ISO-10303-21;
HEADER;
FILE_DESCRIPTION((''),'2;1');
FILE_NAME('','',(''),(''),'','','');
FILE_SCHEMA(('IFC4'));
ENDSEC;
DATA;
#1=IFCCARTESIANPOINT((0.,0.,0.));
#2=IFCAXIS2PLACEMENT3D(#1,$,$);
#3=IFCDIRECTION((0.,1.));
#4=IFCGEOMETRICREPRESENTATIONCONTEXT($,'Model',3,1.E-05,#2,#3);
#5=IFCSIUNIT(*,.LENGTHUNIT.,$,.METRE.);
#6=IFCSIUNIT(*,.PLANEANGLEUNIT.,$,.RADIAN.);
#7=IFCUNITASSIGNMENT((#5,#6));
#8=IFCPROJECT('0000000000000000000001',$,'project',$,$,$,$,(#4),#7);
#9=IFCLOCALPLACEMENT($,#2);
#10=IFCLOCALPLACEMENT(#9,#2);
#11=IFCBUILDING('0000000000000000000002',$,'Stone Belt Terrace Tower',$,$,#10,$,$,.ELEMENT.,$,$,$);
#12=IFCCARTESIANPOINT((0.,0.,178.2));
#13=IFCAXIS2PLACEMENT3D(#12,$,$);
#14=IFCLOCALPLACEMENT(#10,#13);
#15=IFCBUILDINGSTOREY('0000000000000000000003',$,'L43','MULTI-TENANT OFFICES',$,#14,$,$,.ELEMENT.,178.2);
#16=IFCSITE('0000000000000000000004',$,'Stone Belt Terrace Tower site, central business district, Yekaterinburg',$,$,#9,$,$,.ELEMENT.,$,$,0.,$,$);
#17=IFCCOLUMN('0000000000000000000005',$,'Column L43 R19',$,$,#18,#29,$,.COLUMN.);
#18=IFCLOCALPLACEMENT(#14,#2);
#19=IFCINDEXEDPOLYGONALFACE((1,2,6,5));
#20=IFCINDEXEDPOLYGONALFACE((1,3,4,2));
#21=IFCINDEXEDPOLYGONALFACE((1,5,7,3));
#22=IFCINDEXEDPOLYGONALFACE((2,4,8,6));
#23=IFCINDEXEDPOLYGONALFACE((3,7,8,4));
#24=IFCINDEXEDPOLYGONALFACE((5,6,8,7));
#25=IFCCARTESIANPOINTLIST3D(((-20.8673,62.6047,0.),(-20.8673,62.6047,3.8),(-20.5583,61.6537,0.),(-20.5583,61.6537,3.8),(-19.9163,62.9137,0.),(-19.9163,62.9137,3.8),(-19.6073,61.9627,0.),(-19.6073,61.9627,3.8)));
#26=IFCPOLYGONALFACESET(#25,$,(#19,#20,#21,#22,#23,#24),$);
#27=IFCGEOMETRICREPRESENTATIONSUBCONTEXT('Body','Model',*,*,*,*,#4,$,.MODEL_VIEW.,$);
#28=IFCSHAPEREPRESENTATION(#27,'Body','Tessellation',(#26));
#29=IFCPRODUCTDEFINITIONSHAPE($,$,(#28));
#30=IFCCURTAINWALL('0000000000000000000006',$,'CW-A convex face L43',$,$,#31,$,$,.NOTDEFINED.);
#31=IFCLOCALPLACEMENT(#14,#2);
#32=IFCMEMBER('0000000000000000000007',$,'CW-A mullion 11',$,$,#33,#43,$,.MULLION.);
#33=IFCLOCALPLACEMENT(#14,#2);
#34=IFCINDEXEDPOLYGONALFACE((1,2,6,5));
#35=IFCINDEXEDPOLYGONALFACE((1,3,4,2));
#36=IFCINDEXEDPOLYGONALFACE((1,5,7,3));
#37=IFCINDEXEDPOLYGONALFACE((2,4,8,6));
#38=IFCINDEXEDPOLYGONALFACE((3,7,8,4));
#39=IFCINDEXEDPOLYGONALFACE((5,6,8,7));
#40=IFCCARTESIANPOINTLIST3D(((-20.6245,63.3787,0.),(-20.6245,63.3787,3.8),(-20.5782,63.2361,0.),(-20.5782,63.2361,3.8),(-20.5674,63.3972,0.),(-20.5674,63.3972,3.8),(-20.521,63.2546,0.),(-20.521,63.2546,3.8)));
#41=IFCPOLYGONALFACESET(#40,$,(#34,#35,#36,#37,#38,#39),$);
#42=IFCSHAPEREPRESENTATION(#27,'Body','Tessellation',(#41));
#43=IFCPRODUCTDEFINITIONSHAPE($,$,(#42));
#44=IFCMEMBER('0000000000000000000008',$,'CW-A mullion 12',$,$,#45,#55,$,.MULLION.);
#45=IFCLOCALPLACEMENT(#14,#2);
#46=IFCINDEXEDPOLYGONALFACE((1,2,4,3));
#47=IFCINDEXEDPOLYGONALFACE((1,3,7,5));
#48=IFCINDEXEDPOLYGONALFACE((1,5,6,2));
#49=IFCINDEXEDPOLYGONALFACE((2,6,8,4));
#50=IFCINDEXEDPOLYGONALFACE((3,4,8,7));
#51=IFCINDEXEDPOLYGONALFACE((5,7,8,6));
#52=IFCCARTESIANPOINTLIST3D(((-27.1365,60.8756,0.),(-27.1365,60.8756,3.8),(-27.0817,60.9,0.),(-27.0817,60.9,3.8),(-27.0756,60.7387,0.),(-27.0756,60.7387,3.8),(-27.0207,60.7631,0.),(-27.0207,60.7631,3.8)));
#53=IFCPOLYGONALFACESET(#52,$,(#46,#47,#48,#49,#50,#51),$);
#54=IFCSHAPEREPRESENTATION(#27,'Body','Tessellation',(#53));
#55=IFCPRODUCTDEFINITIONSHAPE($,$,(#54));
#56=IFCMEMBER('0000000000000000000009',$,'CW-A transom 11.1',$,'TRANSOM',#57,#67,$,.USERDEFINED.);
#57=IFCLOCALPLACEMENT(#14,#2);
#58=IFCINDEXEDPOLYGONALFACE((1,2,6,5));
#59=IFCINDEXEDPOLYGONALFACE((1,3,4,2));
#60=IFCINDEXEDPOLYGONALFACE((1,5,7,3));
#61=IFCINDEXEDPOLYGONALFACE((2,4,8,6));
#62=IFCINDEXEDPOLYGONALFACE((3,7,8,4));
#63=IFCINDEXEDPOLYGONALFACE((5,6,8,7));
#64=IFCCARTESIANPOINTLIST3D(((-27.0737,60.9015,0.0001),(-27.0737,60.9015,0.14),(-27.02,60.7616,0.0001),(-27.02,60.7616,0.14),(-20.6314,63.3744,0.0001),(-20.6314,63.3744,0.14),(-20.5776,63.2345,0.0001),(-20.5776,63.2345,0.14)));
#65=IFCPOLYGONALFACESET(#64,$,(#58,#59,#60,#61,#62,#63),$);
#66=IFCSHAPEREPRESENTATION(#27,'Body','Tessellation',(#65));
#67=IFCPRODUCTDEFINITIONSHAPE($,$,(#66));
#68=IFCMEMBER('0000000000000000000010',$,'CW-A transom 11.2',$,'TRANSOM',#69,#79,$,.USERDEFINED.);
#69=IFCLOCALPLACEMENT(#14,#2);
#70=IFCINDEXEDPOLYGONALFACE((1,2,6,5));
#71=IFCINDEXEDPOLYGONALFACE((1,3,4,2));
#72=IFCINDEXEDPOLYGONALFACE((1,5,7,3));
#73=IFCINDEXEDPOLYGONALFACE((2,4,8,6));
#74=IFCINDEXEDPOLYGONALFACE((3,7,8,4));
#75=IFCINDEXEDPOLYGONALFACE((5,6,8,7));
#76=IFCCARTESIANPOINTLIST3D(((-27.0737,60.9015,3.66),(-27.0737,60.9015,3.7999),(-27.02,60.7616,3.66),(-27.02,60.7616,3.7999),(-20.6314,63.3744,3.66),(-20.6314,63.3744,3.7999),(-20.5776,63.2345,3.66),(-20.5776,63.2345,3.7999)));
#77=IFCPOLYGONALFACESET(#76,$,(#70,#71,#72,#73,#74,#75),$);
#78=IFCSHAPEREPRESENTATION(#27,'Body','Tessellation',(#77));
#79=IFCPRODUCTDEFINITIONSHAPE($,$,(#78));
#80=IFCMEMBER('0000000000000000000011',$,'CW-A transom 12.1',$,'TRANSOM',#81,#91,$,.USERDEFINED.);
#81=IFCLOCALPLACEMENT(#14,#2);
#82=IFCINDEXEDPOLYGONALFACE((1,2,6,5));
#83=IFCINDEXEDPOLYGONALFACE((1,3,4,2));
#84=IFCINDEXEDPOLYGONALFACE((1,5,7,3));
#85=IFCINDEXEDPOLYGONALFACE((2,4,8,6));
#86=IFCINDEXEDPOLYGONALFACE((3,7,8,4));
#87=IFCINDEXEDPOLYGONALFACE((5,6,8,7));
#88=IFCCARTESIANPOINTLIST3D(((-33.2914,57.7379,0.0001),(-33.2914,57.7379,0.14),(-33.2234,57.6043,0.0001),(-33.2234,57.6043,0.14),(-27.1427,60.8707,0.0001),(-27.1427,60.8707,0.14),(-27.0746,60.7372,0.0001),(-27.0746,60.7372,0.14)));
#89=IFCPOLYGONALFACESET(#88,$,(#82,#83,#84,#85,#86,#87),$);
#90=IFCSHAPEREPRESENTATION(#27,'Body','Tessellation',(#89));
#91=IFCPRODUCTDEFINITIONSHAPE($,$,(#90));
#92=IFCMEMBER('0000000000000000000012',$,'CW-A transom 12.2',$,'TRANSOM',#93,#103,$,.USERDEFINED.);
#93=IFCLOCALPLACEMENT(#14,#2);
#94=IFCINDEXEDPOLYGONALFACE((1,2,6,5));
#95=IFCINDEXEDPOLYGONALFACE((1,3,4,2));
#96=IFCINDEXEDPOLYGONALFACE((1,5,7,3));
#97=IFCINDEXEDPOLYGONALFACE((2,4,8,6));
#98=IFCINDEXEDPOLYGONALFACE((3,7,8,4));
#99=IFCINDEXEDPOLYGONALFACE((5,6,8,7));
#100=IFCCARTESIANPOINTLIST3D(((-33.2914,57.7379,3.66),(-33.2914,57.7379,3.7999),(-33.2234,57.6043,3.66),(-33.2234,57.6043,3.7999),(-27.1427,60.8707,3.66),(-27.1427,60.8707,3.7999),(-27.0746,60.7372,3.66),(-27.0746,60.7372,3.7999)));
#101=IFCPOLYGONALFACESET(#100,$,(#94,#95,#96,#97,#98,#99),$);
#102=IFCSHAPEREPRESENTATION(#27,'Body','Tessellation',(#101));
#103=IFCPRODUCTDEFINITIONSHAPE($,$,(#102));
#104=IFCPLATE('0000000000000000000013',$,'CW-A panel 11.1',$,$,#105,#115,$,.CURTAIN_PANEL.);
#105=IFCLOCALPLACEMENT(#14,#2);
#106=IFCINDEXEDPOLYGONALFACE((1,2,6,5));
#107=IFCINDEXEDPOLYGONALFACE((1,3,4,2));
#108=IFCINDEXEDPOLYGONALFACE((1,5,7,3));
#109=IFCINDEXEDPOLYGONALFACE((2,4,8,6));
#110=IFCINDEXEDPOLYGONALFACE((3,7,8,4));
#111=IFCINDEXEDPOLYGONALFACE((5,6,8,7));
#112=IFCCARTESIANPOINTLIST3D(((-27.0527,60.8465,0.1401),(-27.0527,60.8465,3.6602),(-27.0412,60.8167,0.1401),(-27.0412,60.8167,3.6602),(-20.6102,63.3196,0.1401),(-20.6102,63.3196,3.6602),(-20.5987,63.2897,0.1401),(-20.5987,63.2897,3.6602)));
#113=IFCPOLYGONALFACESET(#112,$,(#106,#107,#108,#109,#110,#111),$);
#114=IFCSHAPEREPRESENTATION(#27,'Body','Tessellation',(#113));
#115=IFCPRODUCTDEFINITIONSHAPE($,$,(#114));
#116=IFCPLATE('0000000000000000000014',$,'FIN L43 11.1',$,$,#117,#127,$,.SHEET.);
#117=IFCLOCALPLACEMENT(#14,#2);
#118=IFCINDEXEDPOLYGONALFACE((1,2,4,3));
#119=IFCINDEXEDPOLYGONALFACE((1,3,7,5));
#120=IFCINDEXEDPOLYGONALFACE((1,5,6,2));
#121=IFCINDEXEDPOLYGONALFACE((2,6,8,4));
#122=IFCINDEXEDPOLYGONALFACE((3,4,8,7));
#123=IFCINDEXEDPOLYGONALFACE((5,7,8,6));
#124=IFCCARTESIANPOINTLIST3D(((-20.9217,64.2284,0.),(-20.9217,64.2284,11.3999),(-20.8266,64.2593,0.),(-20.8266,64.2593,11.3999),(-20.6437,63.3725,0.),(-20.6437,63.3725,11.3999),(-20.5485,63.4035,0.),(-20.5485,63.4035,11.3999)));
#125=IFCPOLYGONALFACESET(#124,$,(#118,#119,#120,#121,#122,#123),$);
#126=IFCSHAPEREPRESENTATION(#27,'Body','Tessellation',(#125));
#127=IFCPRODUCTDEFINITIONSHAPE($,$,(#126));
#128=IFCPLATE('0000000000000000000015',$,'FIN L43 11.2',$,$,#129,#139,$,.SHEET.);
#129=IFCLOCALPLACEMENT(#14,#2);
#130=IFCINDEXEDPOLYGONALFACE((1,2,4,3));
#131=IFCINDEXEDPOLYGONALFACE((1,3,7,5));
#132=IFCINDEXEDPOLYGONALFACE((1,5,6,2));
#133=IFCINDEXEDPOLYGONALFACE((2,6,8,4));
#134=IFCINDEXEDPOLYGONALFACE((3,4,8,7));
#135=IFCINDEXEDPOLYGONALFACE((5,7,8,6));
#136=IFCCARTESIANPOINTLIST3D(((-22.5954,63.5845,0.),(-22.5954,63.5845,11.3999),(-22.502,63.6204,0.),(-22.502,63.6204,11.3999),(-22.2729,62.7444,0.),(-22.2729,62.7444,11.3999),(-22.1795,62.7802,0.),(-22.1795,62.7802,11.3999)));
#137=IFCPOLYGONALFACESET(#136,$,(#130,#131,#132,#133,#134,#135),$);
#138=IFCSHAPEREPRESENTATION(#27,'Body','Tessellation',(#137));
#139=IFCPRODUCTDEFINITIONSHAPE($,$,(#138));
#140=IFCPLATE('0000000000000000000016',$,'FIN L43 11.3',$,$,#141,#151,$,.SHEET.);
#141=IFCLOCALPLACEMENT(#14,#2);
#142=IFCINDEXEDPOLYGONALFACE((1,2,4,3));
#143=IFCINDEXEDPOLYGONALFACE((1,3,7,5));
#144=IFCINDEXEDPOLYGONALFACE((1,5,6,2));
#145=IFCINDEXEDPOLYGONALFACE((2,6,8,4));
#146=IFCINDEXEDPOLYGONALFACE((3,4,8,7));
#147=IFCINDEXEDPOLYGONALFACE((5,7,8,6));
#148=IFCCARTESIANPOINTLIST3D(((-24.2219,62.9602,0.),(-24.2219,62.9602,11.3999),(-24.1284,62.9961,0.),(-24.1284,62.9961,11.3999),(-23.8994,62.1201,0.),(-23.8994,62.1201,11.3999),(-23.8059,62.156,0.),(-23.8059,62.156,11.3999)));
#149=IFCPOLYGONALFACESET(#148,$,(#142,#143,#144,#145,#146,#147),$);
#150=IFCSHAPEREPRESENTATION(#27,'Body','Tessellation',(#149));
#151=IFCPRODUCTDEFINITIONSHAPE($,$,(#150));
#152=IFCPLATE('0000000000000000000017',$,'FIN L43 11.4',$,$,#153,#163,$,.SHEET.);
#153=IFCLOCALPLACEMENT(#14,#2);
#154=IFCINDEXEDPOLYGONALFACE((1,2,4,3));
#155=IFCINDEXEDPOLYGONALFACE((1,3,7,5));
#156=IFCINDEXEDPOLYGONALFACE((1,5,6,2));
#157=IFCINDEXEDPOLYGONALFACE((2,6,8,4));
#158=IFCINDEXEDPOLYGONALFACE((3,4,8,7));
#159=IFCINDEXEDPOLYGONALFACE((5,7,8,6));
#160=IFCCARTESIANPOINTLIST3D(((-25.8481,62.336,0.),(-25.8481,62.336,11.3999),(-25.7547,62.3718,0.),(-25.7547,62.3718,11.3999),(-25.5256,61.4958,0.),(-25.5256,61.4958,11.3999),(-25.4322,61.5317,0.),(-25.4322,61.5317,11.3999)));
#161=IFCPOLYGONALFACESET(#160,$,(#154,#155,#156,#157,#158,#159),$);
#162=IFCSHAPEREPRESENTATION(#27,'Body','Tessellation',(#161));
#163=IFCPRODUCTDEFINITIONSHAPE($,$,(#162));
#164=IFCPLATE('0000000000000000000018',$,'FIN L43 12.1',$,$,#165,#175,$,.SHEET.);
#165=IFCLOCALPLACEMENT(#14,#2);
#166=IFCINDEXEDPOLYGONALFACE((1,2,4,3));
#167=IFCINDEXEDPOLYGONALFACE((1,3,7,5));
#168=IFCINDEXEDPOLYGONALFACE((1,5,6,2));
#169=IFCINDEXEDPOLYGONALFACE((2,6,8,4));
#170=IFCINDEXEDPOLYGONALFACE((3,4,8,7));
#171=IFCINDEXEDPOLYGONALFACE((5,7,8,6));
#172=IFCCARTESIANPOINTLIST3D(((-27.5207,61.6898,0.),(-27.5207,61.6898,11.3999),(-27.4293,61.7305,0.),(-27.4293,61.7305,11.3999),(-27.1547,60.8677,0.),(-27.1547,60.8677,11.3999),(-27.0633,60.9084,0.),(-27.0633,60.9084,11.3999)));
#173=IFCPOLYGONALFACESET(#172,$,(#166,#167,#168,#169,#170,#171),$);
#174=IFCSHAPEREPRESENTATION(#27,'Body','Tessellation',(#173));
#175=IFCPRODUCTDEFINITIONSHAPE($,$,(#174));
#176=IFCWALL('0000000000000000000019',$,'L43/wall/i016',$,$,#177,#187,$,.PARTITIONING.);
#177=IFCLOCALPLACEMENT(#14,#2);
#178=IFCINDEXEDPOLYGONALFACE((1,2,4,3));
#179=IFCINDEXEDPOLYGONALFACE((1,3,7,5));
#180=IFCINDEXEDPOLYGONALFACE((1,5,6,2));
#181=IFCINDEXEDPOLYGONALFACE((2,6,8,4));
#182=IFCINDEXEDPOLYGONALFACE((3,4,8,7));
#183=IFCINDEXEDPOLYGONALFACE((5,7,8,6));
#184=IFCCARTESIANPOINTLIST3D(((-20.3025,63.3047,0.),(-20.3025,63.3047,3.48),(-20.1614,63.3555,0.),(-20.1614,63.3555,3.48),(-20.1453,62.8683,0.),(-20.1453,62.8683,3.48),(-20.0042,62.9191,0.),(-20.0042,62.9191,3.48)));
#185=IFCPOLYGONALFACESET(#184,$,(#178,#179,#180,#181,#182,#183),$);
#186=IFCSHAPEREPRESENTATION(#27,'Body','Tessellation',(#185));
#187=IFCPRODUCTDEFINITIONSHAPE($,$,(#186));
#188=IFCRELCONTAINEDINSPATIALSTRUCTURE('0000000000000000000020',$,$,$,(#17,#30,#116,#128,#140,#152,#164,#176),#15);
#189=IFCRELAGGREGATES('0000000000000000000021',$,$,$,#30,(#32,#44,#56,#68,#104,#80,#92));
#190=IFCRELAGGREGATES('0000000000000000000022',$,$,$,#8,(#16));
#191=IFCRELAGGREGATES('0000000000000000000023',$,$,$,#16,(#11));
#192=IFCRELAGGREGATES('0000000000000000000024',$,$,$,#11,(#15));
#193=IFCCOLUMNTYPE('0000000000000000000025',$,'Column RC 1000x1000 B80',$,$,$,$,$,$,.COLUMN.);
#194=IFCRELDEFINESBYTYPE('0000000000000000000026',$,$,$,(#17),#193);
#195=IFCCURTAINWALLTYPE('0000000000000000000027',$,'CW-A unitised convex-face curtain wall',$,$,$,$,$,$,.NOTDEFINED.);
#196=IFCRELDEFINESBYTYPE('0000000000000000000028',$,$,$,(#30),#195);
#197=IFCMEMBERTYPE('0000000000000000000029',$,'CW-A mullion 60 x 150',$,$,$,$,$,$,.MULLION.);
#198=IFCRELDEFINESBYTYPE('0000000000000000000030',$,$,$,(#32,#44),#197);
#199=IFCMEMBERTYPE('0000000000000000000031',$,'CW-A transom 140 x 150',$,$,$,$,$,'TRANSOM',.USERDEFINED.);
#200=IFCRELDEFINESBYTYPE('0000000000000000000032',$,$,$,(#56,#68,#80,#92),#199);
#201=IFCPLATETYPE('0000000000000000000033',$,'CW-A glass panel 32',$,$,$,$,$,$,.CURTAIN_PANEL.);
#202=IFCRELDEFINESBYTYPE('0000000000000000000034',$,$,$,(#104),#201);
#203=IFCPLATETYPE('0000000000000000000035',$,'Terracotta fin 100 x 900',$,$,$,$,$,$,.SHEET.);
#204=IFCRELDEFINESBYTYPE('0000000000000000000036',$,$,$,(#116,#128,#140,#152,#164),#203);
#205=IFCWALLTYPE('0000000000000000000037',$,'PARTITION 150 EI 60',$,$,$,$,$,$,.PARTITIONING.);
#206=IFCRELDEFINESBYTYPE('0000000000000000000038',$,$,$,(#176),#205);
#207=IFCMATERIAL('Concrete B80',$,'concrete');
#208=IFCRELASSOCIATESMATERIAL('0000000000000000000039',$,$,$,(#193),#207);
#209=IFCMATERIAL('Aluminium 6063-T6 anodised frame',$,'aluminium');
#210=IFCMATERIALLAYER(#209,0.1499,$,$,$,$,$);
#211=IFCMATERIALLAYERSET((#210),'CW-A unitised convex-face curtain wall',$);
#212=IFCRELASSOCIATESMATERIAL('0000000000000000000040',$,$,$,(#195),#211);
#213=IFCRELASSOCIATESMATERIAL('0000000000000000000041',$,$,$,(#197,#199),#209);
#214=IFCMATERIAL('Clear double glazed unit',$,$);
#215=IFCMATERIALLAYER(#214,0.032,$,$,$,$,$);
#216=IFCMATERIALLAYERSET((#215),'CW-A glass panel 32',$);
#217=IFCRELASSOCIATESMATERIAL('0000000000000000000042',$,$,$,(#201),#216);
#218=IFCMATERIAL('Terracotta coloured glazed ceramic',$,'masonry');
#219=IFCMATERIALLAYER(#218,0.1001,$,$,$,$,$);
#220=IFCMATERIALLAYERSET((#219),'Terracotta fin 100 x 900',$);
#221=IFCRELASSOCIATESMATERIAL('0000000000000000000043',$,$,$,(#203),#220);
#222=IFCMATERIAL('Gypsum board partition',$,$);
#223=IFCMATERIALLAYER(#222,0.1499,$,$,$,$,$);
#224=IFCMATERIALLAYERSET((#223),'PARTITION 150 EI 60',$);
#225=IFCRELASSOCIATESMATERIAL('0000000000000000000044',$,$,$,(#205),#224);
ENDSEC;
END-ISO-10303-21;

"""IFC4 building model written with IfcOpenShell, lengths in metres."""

from ifc_helpers import new_model, si_unit, direction, frame, frame_2d, origin, origin_2d, place, context, subcontext, project, spatial, rectangle, extrude, material, layer, layer_set, material_profile, profile_set, type_object, element, aggregate, save


model = new_model("IFC4")

# Units and contexts
model_context = context("Model", 3, precision=1e-05, world=origin(), true_north=direction((0.0, 1.0)))
body_context = subcontext(model_context, "Body", "Model", "MODEL_VIEW")
ifc_project = project(units=[si_unit("LENGTHUNIT", "METRE"), si_unit("PLANEANGLEUNIT", "RADIAN")], contexts=[model_context])

# Site, building, storey
site_placement = place(None, origin())
site = spatial("IfcSite", under=ifc_project, at=site_placement, Name="Stone Belt Terrace Tower site, central business district, Yekaterinburg", CompositionType="ELEMENT", RefElevation=0.0)
building_placement = place(site_placement, origin())
building = spatial("IfcBuilding", under=site, at=building_placement, Name="Stone Belt Terrace Tower", CompositionType="ELEMENT")
storey_placement = place(building_placement, frame((0.0, 0.0, 178.2)))
storey = spatial("IfcBuildingStorey", under=building, at=storey_placement, Name="L43", Description="MULTI-TENANT OFFICES", CompositionType="ELEMENT", Elevation=178.2)

# Column
ifc_material_1 = material(Name="Concrete B80", Category="concrete")
ifc_material_profile_1 = material_profile(ifc_material_1, rectangle(XDim=1.0, YDim=1.0, at=origin_2d()), Name="RC 1000x1000")
ifc_profile_set_1 = profile_set([ifc_material_profile_1], Name="Concrete B80")
column_type = type_object("IfcColumnType", Name="Column RC 1000x1000 B80", PredefinedType="COLUMN", material=ifc_profile_set_1)
column_placement = place(storey_placement, frame((-20.2373, 62.2837, 0.0), z_axis=(0.0, 0.0, 1.0), x_axis=(0.951057, 0.309017, 0.0)))
element("IfcColumn", 1, at=column_placement, inside=storey, type_object=column_type, Name="Column L43 R19", PredefinedType="COLUMN", context=body_context, shape_type="SweptSolid", body=[
    extrude(rectangle(XDim=1.0, YDim=1.0, at=origin_2d()), origin(), (0.0, 0.0, 1.0), 3.8),
])

# Curtain wall, members, plate
ifc_material_2 = material(Name="Aluminium 6063-T6 anodised frame", Category="aluminium")
ifc_layer_1 = layer(ifc_material_2, 0.1499)
ifc_layer_set_1 = layer_set([ifc_layer_1], Name="CW-A unitised convex-face curtain wall")
curtain_wall_type = type_object("IfcCurtainWallType", Name="CW-A unitised convex-face curtain wall", PredefinedType="NOTDEFINED", material=ifc_layer_set_1)
curtain_wall_placement = place(storey_placement, origin())
curtain_wall = element("IfcCurtainWall", 2, at=curtain_wall_placement, inside=storey, type_object=curtain_wall_type, Name="CW-A convex face L43", PredefinedType="NOTDEFINED")
ifc_material_profile_2 = material_profile(ifc_material_2, rectangle(XDim=0.1499, YDim=0.0601, at=origin_2d()), Name="Aluminium 6063-T6 60x150")
ifc_profile_set_2 = profile_set([ifc_material_profile_2], Name="Aluminium 6063-T6 anodised frame")
member_type_1 = type_object("IfcMemberType", Name="CW-A mullion 60 x 150", PredefinedType="MULLION", material=ifc_profile_set_2)
member_1_placement = place(storey_placement, frame((-20.5728, 63.3167, 0.0), z_axis=(0.0, 0.0, 1.0), x_axis=(0.309017, -0.951057, 0.0)))
member_1 = element("IfcMember", 3, at=member_1_placement, type_object=member_type_1, Name="CW-A mullion 11", PredefinedType="MULLION", context=body_context, shape_type="SweptSolid", body=[
    extrude(rectangle(XDim=0.1499, YDim=0.0601, at=origin_2d()), origin(), (0.0, 0.0, 1.0), 3.8),
])
member_2_placement = place(storey_placement, frame((-27.0786, 60.8193, 0.0), z_axis=(0.0, 0.0, 1.0), x_axis=(0.406737, -0.913545, 0.0)))
member_2 = element("IfcMember", 4, at=member_2_placement, type_object=member_type_1, Name="CW-A mullion 12", PredefinedType="MULLION", context=body_context, shape_type="SweptSolid", body=[
    extrude(rectangle(XDim=0.1499, YDim=0.0601, at=origin_2d()), origin(), (0.0, 0.0, 1.0), 3.8),
])
ifc_material_profile_3 = material_profile(ifc_material_2, rectangle(XDim=0.1499, YDim=0.1399, at=origin_2d()), Name="Aluminium 6063-T6 150x140")
ifc_profile_set_3 = profile_set([ifc_material_profile_3], Name="Aluminium 6063-T6 anodised frame")
member_type_2 = type_object("IfcMemberType", Name="CW-A transom 140 x 150", ElementType="TRANSOM", PredefinedType="USERDEFINED", material=ifc_profile_set_3)
member_3_placement = place(storey_placement, frame((-20.6045, 63.3044, 0.0701), z_axis=(-0.933585, -0.358355, 0.0), x_axis=(0.358355, -0.933585, 0.0)))
member_3 = element("IfcMember", 5, at=member_3_placement, type_object=member_type_2, Name="CW-A transom 11.1", ObjectType="TRANSOM", PredefinedType="USERDEFINED", context=body_context, shape_type="SweptSolid", body=[
    extrude(rectangle(XDim=0.1499, YDim=0.1399, at=origin_2d()), origin(), (0.0, 0.0, 1.0), 6.9006),
])
member_4_placement = place(storey_placement, frame((-20.6045, 63.3044, 3.73), z_axis=(-0.933585, -0.358355, 0.0), x_axis=(0.358355, -0.933585, 0.0)))
member_4 = element("IfcMember", 6, at=member_4_placement, type_object=member_type_2, Name="CW-A transom 11.2", ObjectType="TRANSOM", PredefinedType="USERDEFINED", context=body_context, shape_type="SweptSolid", body=[
    extrude(rectangle(XDim=0.1499, YDim=0.1399, at=origin_2d()), origin(), (0.0, 0.0, 1.0), 6.9006),
])
member_5_placement = place(storey_placement, frame((-27.1086, 60.804, 0.0701), z_axis=(-0.891012, -0.453979, 0.0), x_axis=(0.453979, -0.891012, 0.0)))
member_5 = element("IfcMember", 7, at=member_5_placement, type_object=member_type_2, Name="CW-A transom 12.1", ObjectType="TRANSOM", PredefinedType="USERDEFINED", context=body_context, shape_type="SweptSolid", body=[
    extrude(rectangle(XDim=0.1499, YDim=0.1399, at=origin_2d()), origin(), (0.0, 0.0, 1.0), 6.9009),
])
member_6_placement = place(storey_placement, frame((-27.1086, 60.804, 3.73), z_axis=(-0.891012, -0.453979, 0.0), x_axis=(0.453979, -0.891012, 0.0)))
member_6 = element("IfcMember", 8, at=member_6_placement, type_object=member_type_2, Name="CW-A transom 12.2", ObjectType="TRANSOM", PredefinedType="USERDEFINED", context=body_context, shape_type="SweptSolid", body=[
    extrude(rectangle(XDim=0.1499, YDim=0.1399, at=origin_2d()), origin(), (0.0, 0.0, 1.0), 6.9009),
])
ifc_material_3 = material(Name="Clear double glazed unit")
ifc_layer_2 = layer(ifc_material_3, 0.032)
ifc_layer_set_2 = layer_set([ifc_layer_2], Name="CW-A glass panel 32")
plate_type_1 = type_object("IfcPlateType", Name="CW-A glass panel 32", PredefinedType="CURTAIN_PANEL", material=ifc_layer_set_2)
plate_placement = place(storey_placement, frame((-23.8257, 62.0681, 0.1401), z_axis=(0.0, 0.0, 1.0), x_axis=(-0.93358, -0.358368, 0.0)))
plate = element("IfcPlate", 9, at=plate_placement, type_object=plate_type_1, Name="CW-A panel 11.1", PredefinedType="CURTAIN_PANEL", context=body_context, shape_type="SweptSolid", body=[
    extrude(rectangle(XDim=6.9009, YDim=0.032, at=origin_2d()), origin(), (0.0, 0.0, 1.0), 3.52),
])
aggregate(curtain_wall, [member_1, member_2, member_3, member_4, plate, member_5, member_6])

# Plates
ifc_material_4 = material(Name="Terracotta coloured glazed ceramic", Category="masonry")
ifc_layer_3 = layer(ifc_material_4, 0.1001)
ifc_layer_set_3 = layer_set([ifc_layer_3], Name="Terracotta fin 100 x 900")
plate_type_2 = type_object("IfcPlateType", Name="Terracotta fin 100 x 900", PredefinedType="SHEET", material=ifc_layer_set_3)
for number, where, z_axis, x_axis, name in (
    (10, (-20.7351, 63.8159, 0.0), (0.0, 0.0, 1.0), (-0.309017, 0.951057, 0.0), "FIN L43 11.1"),
    (11, (-22.3875, 63.1824, 0.0), (0.0, 0.0, 1.0), (-0.358368, 0.93358, 0.0), "FIN L43 11.2"),
    (12, (-24.0139, 62.5581, 0.0), (0.0, 0.0, 1.0), (-0.358368, 0.93358, 0.0), "FIN L43 11.3"),
    (13, (-25.6401, 61.9338, 0.0), (0.0, 0.0, 1.0), (-0.358368, 0.93358, 0.0), "FIN L43 11.4"),
    (14, (-27.292, 61.2991, 0.0), (0.0, 0.0, 1.0), (-0.406737, 0.913545, 0.0), "FIN L43 12.1"),
):
    element("IfcPlate", number, at=place(storey_placement, frame(where, z_axis=z_axis, x_axis=x_axis)), inside=storey, type_object=plate_type_2, Name=name, PredefinedType="SHEET", context=body_context, shape_type="SweptSolid", body=[
        extrude(rectangle(XDim=0.8999, YDim=0.1001, at=origin_2d()), origin(), (0.0, 0.0, 1.0), 11.3999),
    ])

# Wall
ifc_material_5 = material(Name="Gypsum board partition")
ifc_layer_4 = layer(ifc_material_5, 0.1499)
ifc_layer_set_4 = layer_set([ifc_layer_4], Name="PARTITION 150 EI 60")
wall_type = type_object("IfcWallType", Name="PARTITION 150 EI 60", PredefinedType="PARTITIONING", material=ifc_layer_set_4)
wall_placement = place(storey_placement, frame((-20.2319, 63.3301, 0.0), z_axis=(0.0, 0.0, 1.0), x_axis=(0.338869, -0.940834, 0.0)))
element("IfcWall", 15, at=wall_placement, inside=storey, type_object=wall_type, Name="L43/wall/i016", PredefinedType="PARTITIONING", context=body_context, shape_type="SweptSolid", body=[
    extrude(rectangle(XDim=0.4639, YDim=0.1499, at=frame_2d((0.2319, 0.0))), origin(), (0.0, 0.0, 1.0), 3.48),
])

save(model, "model.ifc")
